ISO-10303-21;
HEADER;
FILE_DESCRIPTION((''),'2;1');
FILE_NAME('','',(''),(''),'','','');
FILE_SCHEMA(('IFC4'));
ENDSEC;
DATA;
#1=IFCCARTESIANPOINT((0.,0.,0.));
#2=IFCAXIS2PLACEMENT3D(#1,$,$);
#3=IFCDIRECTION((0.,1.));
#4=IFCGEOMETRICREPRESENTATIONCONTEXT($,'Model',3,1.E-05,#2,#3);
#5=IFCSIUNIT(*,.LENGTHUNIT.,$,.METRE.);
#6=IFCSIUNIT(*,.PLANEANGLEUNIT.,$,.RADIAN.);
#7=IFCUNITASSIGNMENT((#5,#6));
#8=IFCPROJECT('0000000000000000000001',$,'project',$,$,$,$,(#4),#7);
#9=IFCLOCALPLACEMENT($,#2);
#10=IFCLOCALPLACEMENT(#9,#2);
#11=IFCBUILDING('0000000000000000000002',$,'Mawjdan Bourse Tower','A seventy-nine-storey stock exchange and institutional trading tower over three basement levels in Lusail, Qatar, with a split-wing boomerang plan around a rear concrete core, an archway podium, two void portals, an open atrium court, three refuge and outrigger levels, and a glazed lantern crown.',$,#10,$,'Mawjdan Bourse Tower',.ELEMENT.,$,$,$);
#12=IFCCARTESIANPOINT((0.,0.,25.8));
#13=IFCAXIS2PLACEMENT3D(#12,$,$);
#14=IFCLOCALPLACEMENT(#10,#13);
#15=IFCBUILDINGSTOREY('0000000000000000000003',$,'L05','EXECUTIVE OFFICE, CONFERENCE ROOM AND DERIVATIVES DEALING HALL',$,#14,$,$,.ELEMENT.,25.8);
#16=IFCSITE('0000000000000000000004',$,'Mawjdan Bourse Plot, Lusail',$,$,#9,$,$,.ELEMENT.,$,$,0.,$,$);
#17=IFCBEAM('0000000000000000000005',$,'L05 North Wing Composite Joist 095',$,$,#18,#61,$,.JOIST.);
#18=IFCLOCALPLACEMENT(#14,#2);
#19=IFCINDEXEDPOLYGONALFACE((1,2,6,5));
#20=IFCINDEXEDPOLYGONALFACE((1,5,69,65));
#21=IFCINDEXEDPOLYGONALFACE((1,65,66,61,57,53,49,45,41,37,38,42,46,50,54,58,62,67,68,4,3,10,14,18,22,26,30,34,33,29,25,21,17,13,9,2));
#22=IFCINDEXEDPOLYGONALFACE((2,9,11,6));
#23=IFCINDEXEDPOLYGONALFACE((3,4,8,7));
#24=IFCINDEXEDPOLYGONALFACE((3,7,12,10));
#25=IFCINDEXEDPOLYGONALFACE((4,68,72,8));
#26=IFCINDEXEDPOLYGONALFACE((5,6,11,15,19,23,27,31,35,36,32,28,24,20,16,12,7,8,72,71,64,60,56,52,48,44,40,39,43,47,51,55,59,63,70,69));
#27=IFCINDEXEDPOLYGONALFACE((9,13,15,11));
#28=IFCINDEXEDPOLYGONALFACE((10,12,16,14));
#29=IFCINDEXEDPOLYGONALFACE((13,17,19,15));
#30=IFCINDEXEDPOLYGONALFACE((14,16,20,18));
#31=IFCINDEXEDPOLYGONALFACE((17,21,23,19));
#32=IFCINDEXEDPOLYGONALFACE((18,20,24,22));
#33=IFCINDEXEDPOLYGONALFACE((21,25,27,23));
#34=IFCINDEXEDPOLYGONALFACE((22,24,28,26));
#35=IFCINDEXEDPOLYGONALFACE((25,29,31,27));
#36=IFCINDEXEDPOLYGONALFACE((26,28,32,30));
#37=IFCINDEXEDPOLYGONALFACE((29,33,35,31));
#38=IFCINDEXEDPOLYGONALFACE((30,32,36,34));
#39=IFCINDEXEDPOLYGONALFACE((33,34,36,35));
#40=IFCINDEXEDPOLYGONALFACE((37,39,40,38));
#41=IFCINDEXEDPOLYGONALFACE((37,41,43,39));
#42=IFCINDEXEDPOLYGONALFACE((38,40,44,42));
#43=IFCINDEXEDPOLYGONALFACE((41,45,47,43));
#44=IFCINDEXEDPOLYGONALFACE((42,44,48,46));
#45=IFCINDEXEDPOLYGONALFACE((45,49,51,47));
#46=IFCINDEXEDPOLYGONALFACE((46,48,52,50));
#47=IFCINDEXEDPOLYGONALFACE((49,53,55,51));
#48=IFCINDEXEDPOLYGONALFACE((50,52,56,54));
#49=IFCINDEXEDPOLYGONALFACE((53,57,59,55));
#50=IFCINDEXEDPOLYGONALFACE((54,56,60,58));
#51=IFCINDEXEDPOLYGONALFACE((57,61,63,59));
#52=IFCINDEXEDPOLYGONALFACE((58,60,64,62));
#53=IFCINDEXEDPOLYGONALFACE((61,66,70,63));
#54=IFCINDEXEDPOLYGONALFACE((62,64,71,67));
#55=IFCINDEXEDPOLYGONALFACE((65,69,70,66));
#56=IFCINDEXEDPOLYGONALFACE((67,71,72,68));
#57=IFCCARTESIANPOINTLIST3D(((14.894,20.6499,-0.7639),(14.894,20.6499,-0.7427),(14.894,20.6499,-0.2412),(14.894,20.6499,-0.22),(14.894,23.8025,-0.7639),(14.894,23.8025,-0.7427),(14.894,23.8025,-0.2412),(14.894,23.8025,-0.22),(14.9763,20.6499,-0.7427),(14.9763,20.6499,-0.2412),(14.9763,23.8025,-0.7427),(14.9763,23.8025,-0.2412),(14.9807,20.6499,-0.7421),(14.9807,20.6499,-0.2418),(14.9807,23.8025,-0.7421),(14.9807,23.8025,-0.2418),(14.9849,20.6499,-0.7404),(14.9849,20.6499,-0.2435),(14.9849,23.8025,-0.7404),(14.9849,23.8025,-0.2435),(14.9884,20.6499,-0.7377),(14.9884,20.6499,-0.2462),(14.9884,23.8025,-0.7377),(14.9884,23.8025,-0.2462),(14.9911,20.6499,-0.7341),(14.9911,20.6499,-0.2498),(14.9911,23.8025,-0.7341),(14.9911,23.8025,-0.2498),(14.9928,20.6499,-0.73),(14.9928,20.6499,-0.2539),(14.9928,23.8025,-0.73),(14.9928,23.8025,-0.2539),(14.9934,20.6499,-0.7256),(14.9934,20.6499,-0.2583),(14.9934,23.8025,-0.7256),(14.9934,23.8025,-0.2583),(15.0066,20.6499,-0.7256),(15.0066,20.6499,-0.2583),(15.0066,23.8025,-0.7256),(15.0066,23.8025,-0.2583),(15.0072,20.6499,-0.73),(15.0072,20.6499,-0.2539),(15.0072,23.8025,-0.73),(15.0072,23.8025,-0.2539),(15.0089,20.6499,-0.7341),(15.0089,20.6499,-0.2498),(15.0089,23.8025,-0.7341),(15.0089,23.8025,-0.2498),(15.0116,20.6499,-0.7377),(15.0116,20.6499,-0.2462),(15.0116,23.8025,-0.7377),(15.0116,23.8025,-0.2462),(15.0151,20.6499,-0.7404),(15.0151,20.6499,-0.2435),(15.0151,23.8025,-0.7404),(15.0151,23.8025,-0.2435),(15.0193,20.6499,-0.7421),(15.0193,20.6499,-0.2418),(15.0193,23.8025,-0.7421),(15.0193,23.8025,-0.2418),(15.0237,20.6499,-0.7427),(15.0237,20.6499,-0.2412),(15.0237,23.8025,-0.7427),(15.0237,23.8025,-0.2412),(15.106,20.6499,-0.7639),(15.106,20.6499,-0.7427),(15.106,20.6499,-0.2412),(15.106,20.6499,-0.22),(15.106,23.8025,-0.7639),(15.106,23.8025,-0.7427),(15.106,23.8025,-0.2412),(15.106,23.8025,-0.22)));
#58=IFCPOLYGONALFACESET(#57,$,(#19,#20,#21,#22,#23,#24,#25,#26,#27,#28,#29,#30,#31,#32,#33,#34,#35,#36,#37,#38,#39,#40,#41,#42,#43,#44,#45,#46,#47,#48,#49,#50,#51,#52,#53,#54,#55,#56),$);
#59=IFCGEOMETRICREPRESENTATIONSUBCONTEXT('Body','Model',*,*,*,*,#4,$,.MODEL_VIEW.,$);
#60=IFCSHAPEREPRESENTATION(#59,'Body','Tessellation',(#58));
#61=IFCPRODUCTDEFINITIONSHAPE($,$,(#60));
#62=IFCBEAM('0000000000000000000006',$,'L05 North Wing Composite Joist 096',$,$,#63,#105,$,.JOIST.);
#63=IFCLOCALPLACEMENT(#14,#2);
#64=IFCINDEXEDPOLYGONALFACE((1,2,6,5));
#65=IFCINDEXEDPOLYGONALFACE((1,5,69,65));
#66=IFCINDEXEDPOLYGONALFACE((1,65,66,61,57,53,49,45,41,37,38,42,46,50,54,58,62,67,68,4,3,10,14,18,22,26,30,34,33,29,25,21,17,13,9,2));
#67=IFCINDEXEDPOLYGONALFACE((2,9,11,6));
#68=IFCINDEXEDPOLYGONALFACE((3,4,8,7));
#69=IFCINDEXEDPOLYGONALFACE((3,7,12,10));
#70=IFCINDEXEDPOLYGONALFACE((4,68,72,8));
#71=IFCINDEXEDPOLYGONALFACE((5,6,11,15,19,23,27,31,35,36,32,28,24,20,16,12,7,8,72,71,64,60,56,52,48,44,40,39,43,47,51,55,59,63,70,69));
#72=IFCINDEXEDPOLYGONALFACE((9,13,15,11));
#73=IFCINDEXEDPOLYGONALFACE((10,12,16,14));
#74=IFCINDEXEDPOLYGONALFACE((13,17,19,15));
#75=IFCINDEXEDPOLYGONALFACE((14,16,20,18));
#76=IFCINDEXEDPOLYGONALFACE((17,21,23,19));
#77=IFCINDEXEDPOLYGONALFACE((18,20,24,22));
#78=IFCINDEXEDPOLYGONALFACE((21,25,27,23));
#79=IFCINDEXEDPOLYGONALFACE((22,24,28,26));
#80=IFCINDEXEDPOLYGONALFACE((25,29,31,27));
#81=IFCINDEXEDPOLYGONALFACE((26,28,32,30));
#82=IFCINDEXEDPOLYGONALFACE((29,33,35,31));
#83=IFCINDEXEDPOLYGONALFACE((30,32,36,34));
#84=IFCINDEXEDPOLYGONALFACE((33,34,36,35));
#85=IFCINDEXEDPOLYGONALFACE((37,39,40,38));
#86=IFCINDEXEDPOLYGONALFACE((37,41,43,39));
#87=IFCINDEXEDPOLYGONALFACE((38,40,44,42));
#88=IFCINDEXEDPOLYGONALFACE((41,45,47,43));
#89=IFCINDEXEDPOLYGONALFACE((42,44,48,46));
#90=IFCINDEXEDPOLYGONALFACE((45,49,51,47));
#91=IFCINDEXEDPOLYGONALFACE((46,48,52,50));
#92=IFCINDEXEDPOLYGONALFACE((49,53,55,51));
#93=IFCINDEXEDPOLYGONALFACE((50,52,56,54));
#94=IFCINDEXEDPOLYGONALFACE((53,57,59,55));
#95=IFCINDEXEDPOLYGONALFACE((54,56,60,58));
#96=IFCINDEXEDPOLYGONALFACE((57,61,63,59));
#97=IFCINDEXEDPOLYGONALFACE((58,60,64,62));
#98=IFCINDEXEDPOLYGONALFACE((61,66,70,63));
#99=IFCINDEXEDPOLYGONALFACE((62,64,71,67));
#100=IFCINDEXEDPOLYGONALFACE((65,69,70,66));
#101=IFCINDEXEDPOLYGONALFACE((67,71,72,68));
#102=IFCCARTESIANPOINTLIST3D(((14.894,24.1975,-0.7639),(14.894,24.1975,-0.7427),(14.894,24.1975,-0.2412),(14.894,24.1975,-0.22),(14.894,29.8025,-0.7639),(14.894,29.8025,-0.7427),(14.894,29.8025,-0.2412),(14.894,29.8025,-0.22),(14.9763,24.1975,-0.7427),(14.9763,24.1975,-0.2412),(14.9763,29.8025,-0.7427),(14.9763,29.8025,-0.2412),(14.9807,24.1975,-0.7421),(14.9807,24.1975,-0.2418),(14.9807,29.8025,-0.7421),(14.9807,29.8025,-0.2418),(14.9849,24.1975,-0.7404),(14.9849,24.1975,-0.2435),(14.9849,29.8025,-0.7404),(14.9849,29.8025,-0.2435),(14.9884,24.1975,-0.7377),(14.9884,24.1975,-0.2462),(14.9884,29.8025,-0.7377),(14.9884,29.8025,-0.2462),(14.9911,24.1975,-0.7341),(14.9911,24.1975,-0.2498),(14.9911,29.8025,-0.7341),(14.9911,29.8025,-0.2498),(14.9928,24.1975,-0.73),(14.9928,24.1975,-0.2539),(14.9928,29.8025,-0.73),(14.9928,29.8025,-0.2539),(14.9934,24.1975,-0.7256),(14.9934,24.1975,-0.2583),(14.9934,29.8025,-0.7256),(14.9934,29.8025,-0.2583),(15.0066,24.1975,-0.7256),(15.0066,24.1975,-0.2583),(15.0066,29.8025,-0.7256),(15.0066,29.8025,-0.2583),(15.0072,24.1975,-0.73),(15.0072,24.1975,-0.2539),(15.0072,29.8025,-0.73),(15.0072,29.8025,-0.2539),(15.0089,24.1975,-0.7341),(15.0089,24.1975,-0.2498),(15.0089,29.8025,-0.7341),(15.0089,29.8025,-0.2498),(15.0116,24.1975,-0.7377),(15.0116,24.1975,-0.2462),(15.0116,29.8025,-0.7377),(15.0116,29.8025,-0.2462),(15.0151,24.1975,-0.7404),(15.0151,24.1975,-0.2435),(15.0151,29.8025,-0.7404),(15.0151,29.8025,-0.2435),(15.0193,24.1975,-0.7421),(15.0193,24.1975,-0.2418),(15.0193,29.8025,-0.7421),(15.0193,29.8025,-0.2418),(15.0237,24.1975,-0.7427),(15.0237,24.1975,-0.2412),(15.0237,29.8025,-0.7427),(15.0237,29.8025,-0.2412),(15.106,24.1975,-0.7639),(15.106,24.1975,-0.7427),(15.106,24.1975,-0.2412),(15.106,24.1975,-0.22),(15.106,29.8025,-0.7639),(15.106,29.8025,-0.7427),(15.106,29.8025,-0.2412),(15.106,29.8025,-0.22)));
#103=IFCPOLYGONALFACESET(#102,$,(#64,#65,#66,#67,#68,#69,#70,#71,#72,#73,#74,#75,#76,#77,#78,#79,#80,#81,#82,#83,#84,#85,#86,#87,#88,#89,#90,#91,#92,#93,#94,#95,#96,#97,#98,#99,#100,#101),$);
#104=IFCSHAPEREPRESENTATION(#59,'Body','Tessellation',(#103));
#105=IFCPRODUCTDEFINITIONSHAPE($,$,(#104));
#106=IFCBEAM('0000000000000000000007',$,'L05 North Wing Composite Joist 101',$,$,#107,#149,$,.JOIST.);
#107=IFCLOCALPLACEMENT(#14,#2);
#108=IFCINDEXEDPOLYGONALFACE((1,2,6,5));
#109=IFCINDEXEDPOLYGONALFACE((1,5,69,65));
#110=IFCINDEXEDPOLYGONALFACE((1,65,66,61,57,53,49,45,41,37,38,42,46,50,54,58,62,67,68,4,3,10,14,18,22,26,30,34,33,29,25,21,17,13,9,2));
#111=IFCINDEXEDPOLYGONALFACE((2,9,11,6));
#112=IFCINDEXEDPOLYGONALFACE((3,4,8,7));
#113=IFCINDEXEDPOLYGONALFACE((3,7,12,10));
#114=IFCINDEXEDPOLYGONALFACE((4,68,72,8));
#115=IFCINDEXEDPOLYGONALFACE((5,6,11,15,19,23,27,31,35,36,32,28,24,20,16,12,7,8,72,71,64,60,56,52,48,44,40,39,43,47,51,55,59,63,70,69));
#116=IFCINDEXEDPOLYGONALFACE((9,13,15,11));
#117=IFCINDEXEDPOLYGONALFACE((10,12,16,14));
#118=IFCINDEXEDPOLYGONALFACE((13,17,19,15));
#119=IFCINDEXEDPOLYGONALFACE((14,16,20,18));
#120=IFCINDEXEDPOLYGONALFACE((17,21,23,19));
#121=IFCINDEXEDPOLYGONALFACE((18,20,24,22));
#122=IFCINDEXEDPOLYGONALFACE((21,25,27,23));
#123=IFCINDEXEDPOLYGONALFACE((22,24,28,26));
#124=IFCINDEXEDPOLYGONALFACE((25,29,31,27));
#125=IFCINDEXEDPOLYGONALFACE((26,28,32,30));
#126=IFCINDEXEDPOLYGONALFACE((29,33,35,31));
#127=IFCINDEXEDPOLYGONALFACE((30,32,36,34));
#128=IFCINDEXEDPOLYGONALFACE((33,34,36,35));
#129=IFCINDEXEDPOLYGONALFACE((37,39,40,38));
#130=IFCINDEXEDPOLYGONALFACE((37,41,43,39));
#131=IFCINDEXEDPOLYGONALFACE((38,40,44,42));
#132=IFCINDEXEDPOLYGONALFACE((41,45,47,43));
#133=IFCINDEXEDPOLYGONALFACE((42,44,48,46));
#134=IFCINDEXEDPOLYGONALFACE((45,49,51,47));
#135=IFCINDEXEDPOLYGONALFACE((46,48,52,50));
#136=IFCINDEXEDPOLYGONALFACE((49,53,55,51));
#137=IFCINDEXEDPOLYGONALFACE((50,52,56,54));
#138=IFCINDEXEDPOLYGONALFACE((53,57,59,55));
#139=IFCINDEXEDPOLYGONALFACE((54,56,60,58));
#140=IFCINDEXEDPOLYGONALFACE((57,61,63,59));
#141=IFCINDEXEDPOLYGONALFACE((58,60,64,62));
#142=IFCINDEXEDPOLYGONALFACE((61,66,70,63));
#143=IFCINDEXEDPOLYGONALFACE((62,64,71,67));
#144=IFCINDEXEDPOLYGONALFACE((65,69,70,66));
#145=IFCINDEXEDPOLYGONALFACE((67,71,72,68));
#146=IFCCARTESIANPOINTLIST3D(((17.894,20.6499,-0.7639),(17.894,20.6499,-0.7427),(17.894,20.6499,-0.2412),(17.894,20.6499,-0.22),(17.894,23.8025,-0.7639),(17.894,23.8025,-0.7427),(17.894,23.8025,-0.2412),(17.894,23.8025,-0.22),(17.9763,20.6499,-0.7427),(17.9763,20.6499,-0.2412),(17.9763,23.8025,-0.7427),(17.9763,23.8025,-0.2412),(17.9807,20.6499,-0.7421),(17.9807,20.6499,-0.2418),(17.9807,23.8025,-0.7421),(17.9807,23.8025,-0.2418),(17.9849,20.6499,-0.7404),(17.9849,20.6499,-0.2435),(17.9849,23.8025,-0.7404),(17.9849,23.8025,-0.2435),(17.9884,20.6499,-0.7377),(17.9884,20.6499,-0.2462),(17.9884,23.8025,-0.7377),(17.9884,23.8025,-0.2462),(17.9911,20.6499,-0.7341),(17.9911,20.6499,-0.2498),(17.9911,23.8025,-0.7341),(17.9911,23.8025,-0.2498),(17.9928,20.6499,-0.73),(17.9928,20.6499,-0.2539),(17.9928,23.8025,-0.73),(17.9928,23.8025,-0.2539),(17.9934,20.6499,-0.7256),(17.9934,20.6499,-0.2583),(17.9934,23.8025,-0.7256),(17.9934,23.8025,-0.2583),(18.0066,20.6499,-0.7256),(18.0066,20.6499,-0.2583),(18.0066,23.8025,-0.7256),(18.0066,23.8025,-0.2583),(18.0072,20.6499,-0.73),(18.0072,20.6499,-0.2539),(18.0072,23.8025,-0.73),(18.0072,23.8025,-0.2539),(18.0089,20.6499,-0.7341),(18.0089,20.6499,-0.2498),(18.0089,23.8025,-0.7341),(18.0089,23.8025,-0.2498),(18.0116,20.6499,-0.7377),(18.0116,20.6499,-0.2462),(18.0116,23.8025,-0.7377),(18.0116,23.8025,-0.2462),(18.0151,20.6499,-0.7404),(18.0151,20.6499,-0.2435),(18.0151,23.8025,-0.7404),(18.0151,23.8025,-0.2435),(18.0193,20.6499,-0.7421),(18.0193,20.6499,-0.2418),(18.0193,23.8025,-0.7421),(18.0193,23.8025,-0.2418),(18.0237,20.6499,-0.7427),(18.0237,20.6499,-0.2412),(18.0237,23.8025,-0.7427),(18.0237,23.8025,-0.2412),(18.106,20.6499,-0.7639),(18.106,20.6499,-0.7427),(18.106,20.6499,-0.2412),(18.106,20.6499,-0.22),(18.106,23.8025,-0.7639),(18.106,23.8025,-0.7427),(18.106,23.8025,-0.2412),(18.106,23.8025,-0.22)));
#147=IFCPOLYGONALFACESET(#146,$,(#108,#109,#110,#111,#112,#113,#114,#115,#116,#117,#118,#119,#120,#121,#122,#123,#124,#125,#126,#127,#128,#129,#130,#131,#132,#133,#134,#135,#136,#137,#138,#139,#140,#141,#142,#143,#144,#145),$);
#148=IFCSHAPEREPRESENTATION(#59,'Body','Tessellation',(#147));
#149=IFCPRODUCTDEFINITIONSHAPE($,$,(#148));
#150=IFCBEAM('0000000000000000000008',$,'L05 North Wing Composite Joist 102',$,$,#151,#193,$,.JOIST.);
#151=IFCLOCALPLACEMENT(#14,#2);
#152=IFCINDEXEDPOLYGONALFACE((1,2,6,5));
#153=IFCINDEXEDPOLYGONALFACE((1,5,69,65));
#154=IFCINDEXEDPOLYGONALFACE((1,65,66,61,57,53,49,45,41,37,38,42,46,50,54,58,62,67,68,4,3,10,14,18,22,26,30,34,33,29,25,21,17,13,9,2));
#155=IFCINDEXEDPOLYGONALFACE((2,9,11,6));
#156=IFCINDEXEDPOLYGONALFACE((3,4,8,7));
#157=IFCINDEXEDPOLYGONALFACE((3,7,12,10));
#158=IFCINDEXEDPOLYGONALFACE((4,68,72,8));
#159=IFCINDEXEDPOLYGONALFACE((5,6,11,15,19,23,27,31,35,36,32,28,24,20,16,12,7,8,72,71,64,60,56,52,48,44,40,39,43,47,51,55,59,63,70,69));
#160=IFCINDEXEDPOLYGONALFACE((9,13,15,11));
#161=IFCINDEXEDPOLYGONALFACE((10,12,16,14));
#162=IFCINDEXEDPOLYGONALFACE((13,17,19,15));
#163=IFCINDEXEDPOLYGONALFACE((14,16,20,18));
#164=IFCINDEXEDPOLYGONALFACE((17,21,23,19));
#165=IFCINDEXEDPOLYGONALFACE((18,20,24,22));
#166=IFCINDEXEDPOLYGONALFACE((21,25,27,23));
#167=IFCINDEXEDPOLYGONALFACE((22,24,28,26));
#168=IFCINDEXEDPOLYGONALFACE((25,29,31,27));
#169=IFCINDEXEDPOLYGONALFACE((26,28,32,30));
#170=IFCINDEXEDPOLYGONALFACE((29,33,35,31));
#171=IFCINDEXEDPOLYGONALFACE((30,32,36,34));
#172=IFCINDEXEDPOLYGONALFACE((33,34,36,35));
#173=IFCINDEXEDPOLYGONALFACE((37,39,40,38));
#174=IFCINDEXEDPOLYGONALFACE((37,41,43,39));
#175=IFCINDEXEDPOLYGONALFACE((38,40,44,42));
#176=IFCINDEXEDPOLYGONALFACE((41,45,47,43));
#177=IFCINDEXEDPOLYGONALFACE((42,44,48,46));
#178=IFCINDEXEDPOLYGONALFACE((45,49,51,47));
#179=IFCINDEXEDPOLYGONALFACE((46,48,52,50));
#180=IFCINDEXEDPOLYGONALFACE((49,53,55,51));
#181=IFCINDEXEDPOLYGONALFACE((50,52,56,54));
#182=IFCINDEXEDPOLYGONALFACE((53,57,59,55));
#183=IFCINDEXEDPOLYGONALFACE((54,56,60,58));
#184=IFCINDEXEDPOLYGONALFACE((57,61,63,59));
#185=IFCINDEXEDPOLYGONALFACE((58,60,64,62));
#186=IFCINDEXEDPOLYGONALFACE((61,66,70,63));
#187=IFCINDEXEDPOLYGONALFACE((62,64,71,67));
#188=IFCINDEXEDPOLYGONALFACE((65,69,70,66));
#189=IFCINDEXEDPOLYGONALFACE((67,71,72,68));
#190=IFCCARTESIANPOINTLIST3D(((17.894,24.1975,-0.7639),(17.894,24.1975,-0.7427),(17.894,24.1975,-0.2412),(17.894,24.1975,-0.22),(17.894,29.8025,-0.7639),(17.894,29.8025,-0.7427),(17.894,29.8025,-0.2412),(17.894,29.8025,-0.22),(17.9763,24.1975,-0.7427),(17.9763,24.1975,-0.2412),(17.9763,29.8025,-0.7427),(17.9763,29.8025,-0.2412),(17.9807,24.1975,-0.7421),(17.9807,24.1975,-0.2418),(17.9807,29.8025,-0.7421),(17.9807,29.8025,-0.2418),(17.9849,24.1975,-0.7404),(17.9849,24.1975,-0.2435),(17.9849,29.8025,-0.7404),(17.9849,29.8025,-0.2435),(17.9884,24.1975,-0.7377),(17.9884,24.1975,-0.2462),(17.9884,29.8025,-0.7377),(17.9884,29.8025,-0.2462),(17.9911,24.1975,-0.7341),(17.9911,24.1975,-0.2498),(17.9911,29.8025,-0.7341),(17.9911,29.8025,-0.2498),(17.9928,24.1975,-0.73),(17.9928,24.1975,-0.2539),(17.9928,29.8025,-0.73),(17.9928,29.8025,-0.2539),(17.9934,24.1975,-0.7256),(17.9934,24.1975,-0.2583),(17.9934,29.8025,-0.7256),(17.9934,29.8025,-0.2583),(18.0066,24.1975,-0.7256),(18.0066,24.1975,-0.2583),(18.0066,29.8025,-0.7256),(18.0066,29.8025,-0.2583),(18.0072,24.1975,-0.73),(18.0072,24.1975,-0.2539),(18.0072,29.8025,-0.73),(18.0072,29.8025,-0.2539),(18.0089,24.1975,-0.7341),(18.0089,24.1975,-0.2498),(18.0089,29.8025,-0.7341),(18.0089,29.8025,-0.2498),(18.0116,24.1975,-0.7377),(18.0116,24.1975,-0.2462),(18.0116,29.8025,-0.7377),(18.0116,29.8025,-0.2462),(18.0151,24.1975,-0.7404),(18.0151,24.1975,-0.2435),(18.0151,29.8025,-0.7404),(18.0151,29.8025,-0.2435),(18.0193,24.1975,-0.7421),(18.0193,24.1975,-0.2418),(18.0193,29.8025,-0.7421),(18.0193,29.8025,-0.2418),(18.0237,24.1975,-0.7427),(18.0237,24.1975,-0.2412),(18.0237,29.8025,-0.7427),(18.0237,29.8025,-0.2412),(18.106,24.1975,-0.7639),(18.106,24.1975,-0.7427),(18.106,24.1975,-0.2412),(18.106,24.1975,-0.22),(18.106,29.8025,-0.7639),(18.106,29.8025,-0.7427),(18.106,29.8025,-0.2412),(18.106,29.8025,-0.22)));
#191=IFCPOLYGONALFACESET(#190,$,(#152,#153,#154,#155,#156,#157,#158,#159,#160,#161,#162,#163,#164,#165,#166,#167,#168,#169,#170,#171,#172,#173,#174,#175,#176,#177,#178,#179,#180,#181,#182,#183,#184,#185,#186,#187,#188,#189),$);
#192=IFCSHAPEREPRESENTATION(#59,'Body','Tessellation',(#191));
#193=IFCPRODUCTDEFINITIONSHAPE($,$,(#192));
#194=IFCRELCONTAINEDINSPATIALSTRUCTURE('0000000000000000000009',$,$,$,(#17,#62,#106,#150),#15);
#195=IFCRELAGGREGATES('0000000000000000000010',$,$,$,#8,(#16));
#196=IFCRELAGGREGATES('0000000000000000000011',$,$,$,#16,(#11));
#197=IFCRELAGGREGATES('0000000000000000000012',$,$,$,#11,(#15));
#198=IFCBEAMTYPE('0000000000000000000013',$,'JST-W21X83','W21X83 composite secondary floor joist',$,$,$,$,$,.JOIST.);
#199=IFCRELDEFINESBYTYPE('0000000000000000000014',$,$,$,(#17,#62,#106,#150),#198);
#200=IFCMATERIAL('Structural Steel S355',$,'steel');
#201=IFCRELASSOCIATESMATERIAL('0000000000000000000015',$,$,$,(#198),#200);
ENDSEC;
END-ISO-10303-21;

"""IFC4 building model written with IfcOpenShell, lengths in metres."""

from ifc_helpers import new_model, si_unit, direction, frame, origin, origin_2d, place, context, subcontext, project, spatial, i_section, extrude, material, material_profile, profile_set, type_object, element, save


model = new_model("IFC4")

# Units and contexts
model_context = context("Model", 3, precision=1e-05, world=origin(), true_north=direction((0.0, 1.0)))
body_context = subcontext(model_context, "Body", "Model", "MODEL_VIEW")
ifc_project = project(units=[si_unit("LENGTHUNIT", "METRE"), si_unit("PLANEANGLEUNIT", "RADIAN")], contexts=[model_context])

# Site, building, storey
site_placement = place(None, origin())
site = spatial("IfcSite", under=ifc_project, at=site_placement, Name="Mawjdan Bourse Plot, Lusail", CompositionType="ELEMENT", RefElevation=0.0)
building_placement = place(site_placement, origin())
building = spatial("IfcBuilding", under=site, at=building_placement, Name="Mawjdan Bourse Tower", Description="A seventy-nine-storey stock exchange and institutional trading tower over three basement levels in Lusail, Qatar, with a split-wing boomerang plan around a rear concrete core, an archway podium, two void portals, an open atrium court, three refuge and outrigger levels, and a glazed lantern crown.", LongName="Mawjdan Bourse Tower", CompositionType="ELEMENT")
storey_placement = place(building_placement, frame((0.0, 0.0, 25.8)))
storey = spatial("IfcBuildingStorey", under=building, at=storey_placement, Name="L05", Description="EXECUTIVE OFFICE, CONFERENCE ROOM AND DERIVATIVES DEALING HALL", CompositionType="ELEMENT", Elevation=25.8)

# Beams
ifc_material_1 = material(Name="Structural Steel S355", Category="steel")
ifc_material_profile_1 = material_profile(ifc_material_1, i_section(OverallWidth=0.2119, OverallDepth=0.5439, WebThickness=0.0132, FlangeThickness=0.0212, FilletRadius=0.0171, at=origin_2d()), Name="W21X83")
ifc_profile_set_1 = profile_set([ifc_material_profile_1], Name="Structural Steel S355")
beam_type_1 = type_object("IfcBeamType", Name="JST-W21X83", Description="W21X83 composite secondary floor joist", PredefinedType="JOIST", material=ifc_profile_set_1)
beam_1_placement = place(storey_placement, frame((15.0, 20.6499, -0.4919), z_axis=(0.0, 1.0, 0.0), x_axis=(-1.0, 0.0, 0.0)))
element("IfcBeam", 1, at=beam_1_placement, inside=storey, type_object=beam_type_1, Name="L05 North Wing Composite Joist 095", PredefinedType="JOIST", context=body_context, shape_type="SweptSolid", body=[
    extrude(i_section(OverallWidth=0.2119, OverallDepth=0.5439, WebThickness=0.0132, FlangeThickness=0.0212, FilletRadius=0.0171, at=origin_2d()), origin(), (0.0, 0.0, 1.0), 3.1526),
])
beam_2_placement = place(storey_placement, frame((15.0, 24.1975, -0.4919), z_axis=(0.0, 1.0, 0.0), x_axis=(-1.0, 0.0, 0.0)))
element("IfcBeam", 2, at=beam_2_placement, inside=storey, type_object=beam_type_1, Name="L05 North Wing Composite Joist 096", PredefinedType="JOIST", context=body_context, shape_type="SweptSolid", body=[
    extrude(i_section(OverallWidth=0.2119, OverallDepth=0.5439, WebThickness=0.0132, FlangeThickness=0.0212, FilletRadius=0.0171, at=origin_2d()), origin(), (0.0, 0.0, 1.0), 5.605),
])
beam_3_placement = place(storey_placement, frame((18.0, 20.6499, -0.4919), z_axis=(0.0, 1.0, 0.0), x_axis=(-1.0, 0.0, 0.0)))
element("IfcBeam", 3, at=beam_3_placement, inside=storey, type_object=beam_type_1, Name="L05 North Wing Composite Joist 101", PredefinedType="JOIST", context=body_context, shape_type="SweptSolid", body=[
    extrude(i_section(OverallWidth=0.2119, OverallDepth=0.5439, WebThickness=0.0132, FlangeThickness=0.0212, FilletRadius=0.0171, at=origin_2d()), origin(), (0.0, 0.0, 1.0), 3.1526),
])
beam_4_placement = place(storey_placement, frame((18.0, 24.1975, -0.4919), z_axis=(0.0, 1.0, 0.0), x_axis=(-1.0, 0.0, 0.0)))
element("IfcBeam", 4, at=beam_4_placement, inside=storey, type_object=beam_type_1, Name="L05 North Wing Composite Joist 102", PredefinedType="JOIST", context=body_context, shape_type="SweptSolid", body=[
    extrude(i_section(OverallWidth=0.2119, OverallDepth=0.5439, WebThickness=0.0132, FlangeThickness=0.0212, FilletRadius=0.0171, at=origin_2d()), origin(), (0.0, 0.0, 1.0), 5.605),
])

save(model, "model.ifc")
